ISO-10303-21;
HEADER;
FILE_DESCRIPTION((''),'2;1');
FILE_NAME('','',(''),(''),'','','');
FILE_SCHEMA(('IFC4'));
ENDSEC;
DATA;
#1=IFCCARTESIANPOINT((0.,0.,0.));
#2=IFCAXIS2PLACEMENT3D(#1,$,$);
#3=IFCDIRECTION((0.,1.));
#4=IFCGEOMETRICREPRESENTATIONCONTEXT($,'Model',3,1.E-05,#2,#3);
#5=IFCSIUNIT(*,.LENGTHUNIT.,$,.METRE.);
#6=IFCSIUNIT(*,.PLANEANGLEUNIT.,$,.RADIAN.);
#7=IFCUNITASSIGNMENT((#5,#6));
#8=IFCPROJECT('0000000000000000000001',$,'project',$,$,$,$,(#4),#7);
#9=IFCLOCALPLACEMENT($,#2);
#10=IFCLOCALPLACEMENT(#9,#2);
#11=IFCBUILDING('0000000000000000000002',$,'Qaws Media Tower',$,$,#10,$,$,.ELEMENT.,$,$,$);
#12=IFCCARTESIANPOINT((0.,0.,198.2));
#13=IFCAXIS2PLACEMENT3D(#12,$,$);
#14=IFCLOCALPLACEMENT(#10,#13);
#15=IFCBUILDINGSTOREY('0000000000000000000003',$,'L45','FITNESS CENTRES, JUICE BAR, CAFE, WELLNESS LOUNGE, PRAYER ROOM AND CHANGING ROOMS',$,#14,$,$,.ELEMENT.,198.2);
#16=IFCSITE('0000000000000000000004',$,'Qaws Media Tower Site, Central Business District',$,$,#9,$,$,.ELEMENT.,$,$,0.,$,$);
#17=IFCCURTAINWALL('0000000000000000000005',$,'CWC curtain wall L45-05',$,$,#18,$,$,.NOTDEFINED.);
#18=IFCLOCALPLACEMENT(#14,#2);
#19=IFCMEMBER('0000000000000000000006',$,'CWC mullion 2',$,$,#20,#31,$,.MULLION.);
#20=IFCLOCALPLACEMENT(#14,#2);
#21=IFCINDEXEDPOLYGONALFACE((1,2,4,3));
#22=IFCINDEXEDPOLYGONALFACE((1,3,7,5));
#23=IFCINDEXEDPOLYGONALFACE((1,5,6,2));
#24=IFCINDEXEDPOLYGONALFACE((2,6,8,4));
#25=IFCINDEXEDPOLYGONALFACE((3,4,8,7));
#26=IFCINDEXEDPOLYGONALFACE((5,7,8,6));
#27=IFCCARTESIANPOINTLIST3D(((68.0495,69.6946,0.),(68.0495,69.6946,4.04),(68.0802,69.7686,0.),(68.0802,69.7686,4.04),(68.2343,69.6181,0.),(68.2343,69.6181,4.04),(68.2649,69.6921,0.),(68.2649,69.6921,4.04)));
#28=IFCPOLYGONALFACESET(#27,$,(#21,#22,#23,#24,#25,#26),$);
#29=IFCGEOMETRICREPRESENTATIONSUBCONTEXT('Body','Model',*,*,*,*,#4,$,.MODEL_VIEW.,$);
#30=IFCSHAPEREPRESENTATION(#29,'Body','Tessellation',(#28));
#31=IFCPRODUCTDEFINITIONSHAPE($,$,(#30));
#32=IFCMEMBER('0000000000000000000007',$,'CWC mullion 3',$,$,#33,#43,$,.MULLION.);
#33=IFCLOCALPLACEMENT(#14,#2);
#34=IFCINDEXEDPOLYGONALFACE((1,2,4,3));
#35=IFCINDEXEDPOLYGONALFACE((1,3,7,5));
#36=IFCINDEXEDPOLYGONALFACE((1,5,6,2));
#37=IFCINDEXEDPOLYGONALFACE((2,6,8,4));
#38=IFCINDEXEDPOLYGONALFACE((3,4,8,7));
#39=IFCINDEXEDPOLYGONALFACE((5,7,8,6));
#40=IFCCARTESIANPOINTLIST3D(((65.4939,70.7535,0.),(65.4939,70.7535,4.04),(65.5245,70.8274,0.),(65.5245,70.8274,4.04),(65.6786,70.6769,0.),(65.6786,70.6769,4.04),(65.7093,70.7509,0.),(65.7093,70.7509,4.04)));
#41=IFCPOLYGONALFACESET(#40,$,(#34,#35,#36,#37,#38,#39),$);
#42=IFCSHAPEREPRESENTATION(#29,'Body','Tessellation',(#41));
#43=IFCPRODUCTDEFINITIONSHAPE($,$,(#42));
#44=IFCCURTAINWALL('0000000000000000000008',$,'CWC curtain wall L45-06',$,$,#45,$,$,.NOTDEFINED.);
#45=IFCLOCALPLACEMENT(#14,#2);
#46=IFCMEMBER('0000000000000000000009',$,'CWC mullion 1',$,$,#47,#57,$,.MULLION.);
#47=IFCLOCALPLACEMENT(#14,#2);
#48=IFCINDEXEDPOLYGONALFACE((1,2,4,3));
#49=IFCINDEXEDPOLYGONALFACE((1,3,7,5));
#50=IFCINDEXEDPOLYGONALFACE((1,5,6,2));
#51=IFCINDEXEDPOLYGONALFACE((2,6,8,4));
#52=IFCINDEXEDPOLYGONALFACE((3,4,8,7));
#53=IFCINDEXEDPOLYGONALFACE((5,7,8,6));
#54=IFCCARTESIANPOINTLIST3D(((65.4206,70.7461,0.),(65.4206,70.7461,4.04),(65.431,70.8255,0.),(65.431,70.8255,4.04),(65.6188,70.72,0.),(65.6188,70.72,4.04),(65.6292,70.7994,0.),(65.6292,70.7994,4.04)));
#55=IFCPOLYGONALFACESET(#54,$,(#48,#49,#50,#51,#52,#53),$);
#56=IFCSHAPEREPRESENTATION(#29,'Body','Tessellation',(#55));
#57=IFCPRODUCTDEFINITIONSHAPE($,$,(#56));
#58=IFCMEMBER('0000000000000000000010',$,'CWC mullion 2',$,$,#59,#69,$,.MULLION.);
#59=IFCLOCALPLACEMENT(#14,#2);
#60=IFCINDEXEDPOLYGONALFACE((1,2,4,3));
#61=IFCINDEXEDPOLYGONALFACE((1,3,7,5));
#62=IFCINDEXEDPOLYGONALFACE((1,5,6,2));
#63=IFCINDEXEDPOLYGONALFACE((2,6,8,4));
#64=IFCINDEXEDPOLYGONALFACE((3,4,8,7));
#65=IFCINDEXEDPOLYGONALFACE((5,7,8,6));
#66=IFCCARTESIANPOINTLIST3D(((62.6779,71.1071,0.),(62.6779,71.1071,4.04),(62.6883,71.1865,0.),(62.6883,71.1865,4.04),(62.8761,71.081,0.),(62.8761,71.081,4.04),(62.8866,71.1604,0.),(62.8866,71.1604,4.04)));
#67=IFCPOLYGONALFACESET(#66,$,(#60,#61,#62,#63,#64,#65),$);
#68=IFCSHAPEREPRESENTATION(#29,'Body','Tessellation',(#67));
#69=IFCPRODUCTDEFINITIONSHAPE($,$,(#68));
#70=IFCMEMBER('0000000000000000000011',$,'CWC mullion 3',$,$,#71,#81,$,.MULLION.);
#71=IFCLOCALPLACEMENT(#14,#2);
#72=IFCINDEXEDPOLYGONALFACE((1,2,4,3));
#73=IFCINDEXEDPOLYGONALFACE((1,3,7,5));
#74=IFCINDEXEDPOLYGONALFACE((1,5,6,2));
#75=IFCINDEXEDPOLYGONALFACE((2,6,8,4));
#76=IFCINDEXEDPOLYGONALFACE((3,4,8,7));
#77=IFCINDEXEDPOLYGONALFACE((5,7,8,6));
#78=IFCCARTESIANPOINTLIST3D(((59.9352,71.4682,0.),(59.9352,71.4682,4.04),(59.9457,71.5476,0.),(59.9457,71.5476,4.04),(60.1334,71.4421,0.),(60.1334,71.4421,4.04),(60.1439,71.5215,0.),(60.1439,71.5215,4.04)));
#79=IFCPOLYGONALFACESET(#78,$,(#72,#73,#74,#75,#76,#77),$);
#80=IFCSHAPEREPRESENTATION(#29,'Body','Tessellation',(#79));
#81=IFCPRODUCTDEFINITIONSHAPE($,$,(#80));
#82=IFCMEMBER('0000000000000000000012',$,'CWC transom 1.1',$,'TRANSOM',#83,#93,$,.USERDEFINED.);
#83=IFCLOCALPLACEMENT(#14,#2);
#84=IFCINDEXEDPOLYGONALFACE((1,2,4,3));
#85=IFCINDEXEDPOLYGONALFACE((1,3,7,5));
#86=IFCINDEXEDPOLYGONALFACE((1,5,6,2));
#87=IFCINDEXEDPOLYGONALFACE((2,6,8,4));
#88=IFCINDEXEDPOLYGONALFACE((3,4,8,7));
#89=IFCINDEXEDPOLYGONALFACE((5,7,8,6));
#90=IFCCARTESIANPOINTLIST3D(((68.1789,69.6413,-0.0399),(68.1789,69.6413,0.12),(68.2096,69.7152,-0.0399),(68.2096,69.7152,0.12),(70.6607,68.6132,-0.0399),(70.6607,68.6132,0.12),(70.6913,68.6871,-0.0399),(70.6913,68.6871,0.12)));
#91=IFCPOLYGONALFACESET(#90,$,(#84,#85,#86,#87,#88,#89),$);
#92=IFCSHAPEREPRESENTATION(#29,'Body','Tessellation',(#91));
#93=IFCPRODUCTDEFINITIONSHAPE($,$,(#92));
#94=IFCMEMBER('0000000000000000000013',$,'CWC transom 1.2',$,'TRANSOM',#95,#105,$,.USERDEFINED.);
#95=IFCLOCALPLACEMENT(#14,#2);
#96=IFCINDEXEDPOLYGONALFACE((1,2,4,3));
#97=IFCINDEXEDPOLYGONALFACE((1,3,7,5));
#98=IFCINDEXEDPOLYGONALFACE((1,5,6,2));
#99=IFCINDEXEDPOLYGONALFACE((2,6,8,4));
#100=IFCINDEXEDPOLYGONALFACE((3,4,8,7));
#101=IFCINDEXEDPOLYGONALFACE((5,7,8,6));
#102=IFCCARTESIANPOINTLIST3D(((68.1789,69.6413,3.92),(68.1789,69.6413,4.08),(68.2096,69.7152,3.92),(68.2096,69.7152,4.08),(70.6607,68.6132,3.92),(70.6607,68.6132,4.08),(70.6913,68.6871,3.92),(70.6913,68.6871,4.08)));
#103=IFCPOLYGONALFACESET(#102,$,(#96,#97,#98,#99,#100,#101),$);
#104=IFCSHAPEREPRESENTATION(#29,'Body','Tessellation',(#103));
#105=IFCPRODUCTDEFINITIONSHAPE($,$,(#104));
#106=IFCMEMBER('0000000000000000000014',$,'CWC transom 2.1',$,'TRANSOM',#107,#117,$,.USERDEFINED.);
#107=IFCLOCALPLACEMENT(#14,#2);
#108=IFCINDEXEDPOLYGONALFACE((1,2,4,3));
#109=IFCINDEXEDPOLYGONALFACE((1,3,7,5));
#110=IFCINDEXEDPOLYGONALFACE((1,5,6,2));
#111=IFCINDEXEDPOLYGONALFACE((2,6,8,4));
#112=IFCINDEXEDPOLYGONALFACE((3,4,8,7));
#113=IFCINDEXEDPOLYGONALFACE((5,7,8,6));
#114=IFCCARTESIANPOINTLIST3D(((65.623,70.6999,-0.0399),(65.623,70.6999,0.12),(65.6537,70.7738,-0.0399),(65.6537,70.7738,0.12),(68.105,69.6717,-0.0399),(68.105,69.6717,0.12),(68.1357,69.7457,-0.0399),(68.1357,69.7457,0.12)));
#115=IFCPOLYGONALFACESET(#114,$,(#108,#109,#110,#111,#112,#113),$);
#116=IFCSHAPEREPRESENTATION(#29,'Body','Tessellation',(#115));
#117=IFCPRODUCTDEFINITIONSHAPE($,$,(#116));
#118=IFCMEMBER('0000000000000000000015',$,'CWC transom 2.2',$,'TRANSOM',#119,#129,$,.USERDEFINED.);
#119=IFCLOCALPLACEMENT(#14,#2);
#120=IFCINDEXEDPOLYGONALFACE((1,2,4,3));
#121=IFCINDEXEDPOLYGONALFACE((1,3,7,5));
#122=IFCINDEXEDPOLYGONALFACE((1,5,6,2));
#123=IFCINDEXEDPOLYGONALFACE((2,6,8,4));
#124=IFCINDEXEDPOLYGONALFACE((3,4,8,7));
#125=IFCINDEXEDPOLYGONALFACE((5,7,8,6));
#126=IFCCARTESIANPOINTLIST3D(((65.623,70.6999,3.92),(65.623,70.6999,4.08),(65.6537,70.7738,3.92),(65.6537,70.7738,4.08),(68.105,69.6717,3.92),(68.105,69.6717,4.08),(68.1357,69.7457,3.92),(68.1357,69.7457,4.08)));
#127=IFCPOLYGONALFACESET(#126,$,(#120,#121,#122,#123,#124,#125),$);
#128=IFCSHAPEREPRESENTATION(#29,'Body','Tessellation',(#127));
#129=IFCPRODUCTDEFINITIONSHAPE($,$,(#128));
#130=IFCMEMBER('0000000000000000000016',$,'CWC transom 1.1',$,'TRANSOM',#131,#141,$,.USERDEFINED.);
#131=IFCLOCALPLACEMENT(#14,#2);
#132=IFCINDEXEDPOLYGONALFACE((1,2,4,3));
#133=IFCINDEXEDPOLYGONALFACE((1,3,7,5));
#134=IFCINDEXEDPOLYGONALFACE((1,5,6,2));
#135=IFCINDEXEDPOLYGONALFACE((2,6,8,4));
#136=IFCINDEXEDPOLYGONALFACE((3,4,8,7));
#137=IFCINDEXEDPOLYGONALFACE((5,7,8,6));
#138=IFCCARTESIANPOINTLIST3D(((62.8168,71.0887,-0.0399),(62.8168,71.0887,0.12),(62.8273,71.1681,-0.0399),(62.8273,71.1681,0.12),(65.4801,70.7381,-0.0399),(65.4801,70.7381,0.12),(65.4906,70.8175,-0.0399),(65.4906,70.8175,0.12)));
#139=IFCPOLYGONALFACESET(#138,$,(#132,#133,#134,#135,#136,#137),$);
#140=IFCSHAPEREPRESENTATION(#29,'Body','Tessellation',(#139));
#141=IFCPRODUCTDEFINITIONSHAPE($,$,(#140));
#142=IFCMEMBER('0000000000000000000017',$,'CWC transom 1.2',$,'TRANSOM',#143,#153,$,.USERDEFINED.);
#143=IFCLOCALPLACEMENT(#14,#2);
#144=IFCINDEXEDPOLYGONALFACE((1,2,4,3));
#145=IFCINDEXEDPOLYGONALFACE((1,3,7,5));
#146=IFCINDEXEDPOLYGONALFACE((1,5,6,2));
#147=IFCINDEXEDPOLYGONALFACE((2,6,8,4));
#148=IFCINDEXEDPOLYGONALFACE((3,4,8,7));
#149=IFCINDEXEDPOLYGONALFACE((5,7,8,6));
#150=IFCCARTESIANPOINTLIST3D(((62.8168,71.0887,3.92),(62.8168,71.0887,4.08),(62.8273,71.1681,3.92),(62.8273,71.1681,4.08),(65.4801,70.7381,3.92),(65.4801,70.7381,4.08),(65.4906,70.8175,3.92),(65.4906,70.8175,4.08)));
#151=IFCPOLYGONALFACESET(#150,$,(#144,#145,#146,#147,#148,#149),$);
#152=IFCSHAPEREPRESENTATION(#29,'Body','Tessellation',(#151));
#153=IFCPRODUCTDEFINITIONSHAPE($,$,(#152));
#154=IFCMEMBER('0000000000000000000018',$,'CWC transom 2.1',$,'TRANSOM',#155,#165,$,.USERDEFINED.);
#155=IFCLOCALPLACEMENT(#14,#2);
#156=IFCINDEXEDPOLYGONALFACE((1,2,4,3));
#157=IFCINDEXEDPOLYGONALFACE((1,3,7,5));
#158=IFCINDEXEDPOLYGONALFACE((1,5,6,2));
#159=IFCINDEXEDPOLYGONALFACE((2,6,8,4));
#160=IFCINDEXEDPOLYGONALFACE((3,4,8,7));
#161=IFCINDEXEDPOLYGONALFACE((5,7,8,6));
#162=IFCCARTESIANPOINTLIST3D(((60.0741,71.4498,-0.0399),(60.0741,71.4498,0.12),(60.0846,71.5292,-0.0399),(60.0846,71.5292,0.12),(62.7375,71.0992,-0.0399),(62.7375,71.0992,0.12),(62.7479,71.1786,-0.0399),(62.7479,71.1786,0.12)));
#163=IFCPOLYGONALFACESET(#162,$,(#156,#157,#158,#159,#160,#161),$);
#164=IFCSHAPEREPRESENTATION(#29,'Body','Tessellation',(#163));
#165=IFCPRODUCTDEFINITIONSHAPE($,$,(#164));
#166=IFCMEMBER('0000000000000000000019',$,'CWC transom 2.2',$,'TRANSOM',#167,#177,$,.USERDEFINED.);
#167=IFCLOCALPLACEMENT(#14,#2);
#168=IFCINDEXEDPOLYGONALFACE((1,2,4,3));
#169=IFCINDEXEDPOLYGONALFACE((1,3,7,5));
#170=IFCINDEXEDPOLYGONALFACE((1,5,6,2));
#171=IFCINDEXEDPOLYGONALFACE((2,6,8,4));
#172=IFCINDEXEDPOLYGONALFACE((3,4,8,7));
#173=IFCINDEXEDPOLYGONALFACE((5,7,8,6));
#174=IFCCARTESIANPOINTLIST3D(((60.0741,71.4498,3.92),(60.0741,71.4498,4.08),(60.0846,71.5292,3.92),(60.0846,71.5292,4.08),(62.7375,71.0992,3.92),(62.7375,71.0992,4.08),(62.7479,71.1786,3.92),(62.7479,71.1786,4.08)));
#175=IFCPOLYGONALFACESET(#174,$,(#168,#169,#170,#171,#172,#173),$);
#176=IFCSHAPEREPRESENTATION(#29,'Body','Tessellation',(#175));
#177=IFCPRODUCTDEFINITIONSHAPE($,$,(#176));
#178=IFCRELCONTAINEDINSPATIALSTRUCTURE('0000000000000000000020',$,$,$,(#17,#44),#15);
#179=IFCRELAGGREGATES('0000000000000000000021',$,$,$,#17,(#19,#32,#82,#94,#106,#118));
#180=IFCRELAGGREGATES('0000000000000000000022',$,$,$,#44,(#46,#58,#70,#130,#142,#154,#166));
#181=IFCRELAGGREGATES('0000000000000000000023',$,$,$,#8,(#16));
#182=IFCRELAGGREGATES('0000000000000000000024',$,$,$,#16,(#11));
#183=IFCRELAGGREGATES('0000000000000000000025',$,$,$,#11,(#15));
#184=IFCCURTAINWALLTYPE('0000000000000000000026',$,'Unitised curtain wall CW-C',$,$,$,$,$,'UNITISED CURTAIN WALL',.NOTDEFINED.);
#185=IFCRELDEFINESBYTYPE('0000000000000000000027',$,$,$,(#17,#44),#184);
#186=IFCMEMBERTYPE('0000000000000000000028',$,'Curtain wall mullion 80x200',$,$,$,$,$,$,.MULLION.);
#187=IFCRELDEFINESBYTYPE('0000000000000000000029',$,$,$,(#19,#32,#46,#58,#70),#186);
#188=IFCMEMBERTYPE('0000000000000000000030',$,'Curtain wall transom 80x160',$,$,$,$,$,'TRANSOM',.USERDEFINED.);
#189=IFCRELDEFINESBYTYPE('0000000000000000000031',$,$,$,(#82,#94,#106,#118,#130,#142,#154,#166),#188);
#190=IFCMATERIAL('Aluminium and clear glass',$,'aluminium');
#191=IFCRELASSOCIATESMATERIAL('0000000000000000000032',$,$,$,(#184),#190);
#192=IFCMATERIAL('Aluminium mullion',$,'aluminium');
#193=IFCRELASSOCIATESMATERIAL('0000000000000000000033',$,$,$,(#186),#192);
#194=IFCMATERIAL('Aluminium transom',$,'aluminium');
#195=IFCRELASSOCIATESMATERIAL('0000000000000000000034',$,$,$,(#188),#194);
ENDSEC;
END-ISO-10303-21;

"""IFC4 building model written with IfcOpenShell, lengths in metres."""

from ifc_helpers import new_model, si_unit, direction, frame, origin, origin_2d, place, context, subcontext, project, spatial, rectangle, extrude, material, material_profile, profile_set, type_object, element, aggregate, save


model = new_model("IFC4")

# Units and contexts
model_context = context("Model", 3, precision=1e-05, world=origin(), true_north=direction((0.0, 1.0)))
body_context = subcontext(model_context, "Body", "Model", "MODEL_VIEW")
ifc_project = project(units=[si_unit("LENGTHUNIT", "METRE"), si_unit("PLANEANGLEUNIT", "RADIAN")], contexts=[model_context])

# Site, building, storey
site_placement = place(None, origin())
site = spatial("IfcSite", under=ifc_project, at=site_placement, Name="Qaws Media Tower Site, Central Business District", CompositionType="ELEMENT", RefElevation=0.0)
building_placement = place(site_placement, origin())
building = spatial("IfcBuilding", under=site, at=building_placement, Name="Qaws Media Tower", CompositionType="ELEMENT")
storey_placement = place(building_placement, frame((0.0, 0.0, 198.2)))
storey = spatial("IfcBuildingStorey", under=building, at=storey_placement, Name="L45", Description="FITNESS CENTRES, JUICE BAR, CAFE, WELLNESS LOUNGE, PRAYER ROOM AND CHANGING ROOMS", CompositionType="ELEMENT", Elevation=198.2)

# Curtain walls, members
ifc_material_1 = material(Name="Aluminium and clear glass", Category="aluminium")
curtain_wall_type = type_object("IfcCurtainWallType", Name="Unitised curtain wall CW-C", ElementType="UNITISED CURTAIN WALL", PredefinedType="NOTDEFINED", material=ifc_material_1)
curtain_wall_1_placement = place(storey_placement, origin())
curtain_wall_1 = element("IfcCurtainWall", 1, at=curtain_wall_1_placement, inside=storey, type_object=curtain_wall_type, Name="CWC curtain wall L45-05", PredefinedType="NOTDEFINED")
ifc_material_2 = material(Name="Aluminium mullion", Category="aluminium")
ifc_material_profile_1 = material_profile(ifc_material_2, rectangle(XDim=0.0801, YDim=0.2, at=origin_2d()), Name="80x200")
ifc_profile_set_1 = profile_set([ifc_material_profile_1], Name="Aluminium mullion")
member_type_1 = type_object("IfcMemberType", Name="Curtain wall mullion 80x200", PredefinedType="MULLION", material=ifc_profile_set_1)
member_1_placement = place(storey_placement, frame((68.1572, 69.6934, 0.0), z_axis=(0.0, 0.0, 1.0), x_axis=(-0.382683, -0.92388, 0.0)))
member_1 = element("IfcMember", 2, at=member_1_placement, type_object=member_type_1, Name="CWC mullion 2", PredefinedType="MULLION", context=body_context, shape_type="SweptSolid", body=[
    extrude(rectangle(XDim=0.0801, YDim=0.2, at=origin_2d()), origin(), (0.0, 0.0, 1.0), 4.04),
])
member_2_placement = place(storey_placement, frame((65.6016, 70.7522, 0.0), z_axis=(0.0, 0.0, 1.0), x_axis=(-0.382683, -0.92388, 0.0)))
member_2 = element("IfcMember", 3, at=member_2_placement, type_object=member_type_1, Name="CWC mullion 3", PredefinedType="MULLION", context=body_context, shape_type="SweptSolid", body=[
    extrude(rectangle(XDim=0.0801, YDim=0.2, at=origin_2d()), origin(), (0.0, 0.0, 1.0), 4.04),
])
curtain_wall_2_placement = place(storey_placement, origin())
curtain_wall_2 = element("IfcCurtainWall", 4, at=curtain_wall_2_placement, inside=storey, type_object=curtain_wall_type, Name="CWC curtain wall L45-06", PredefinedType="NOTDEFINED")
member_3_placement = place(storey_placement, frame((65.5249, 70.7727, 0.0), z_axis=(0.0, 0.0, 1.0), x_axis=(-0.130526, -0.991445, 0.0)))
member_3 = element("IfcMember", 5, at=member_3_placement, type_object=member_type_1, Name="CWC mullion 1", PredefinedType="MULLION", context=body_context, shape_type="SweptSolid", body=[
    extrude(rectangle(XDim=0.0801, YDim=0.2, at=origin_2d()), origin(), (0.0, 0.0, 1.0), 4.04),
])
member_4_placement = place(storey_placement, frame((62.7822, 71.1338, 0.0), z_axis=(0.0, 0.0, 1.0), x_axis=(-0.130526, -0.991445, 0.0)))
member_4 = element("IfcMember", 6, at=member_4_placement, type_object=member_type_1, Name="CWC mullion 2", PredefinedType="MULLION", context=body_context, shape_type="SweptSolid", body=[
    extrude(rectangle(XDim=0.0801, YDim=0.2, at=origin_2d()), origin(), (0.0, 0.0, 1.0), 4.04),
])
member_5_placement = place(storey_placement, frame((60.0396, 71.4949, 0.0), z_axis=(0.0, 0.0, 1.0), x_axis=(-0.130526, -0.991445, 0.0)))
member_5 = element("IfcMember", 7, at=member_5_placement, type_object=member_type_1, Name="CWC mullion 3", PredefinedType="MULLION", context=body_context, shape_type="SweptSolid", body=[
    extrude(rectangle(XDim=0.0801, YDim=0.2, at=origin_2d()), origin(), (0.0, 0.0, 1.0), 4.04),
])

# Members
ifc_material_3 = material(Name="Aluminium transom", Category="aluminium")
ifc_material_profile_2 = material_profile(ifc_material_3, rectangle(XDim=0.0801, YDim=0.1599, at=origin_2d()), Name="80x160")
ifc_profile_set_2 = profile_set([ifc_material_profile_2], Name="Aluminium transom")
member_type_2 = type_object("IfcMemberType", Name="Curtain wall transom 80x160", ElementType="TRANSOM", PredefinedType="USERDEFINED", material=ifc_profile_set_2)
member_6_placement = place(storey_placement, frame((70.676, 68.6501, 0.04), z_axis=(-0.923863, 0.382724, 0.0), x_axis=(-0.382724, -0.923863, 0.0)))
member_6 = element("IfcMember", 8, at=member_6_placement, type_object=member_type_2, Name="CWC transom 1.1", ObjectType="TRANSOM", PredefinedType="USERDEFINED", context=body_context, shape_type="SweptSolid", body=[
    extrude(rectangle(XDim=0.0801, YDim=0.1599, at=origin_2d()), origin(), (0.0, 0.0, 1.0), 2.6863),
])
member_7_placement = place(storey_placement, frame((70.676, 68.6501, 4.0), z_axis=(-0.923863, 0.382724, 0.0), x_axis=(-0.382724, -0.923863, 0.0)))
member_7 = element("IfcMember", 9, at=member_7_placement, type_object=member_type_2, Name="CWC transom 1.2", ObjectType="TRANSOM", PredefinedType="USERDEFINED", context=body_context, shape_type="SweptSolid", body=[
    extrude(rectangle(XDim=0.0801, YDim=0.1599, at=origin_2d()), origin(), (0.0, 0.0, 1.0), 2.6863),
])
member_8_placement = place(storey_placement, frame((68.1204, 69.7087, 0.04), z_axis=(-0.923876, 0.382692, 0.0), x_axis=(-0.382692, -0.923876, 0.0)))
member_8 = element("IfcMember", 10, at=member_8_placement, type_object=member_type_2, Name="CWC transom 2.1", ObjectType="TRANSOM", PredefinedType="USERDEFINED", context=body_context, shape_type="SweptSolid", body=[
    extrude(rectangle(XDim=0.0801, YDim=0.1599, at=origin_2d()), origin(), (0.0, 0.0, 1.0), 2.6865),
])
member_9_placement = place(storey_placement, frame((68.1204, 69.7087, 4.0), z_axis=(-0.923876, 0.382692, 0.0), x_axis=(-0.382692, -0.923876, 0.0)))
member_9 = element("IfcMember", 11, at=member_9_placement, type_object=member_type_2, Name="CWC transom 2.2", ObjectType="TRANSOM", PredefinedType="USERDEFINED", context=body_context, shape_type="SweptSolid", body=[
    extrude(rectangle(XDim=0.0801, YDim=0.1599, at=origin_2d()), origin(), (0.0, 0.0, 1.0), 2.6865),
])
member_10_placement = place(storey_placement, frame((65.4854, 70.7778, 0.04), z_axis=(-0.991447, 0.130509, 0.0), x_axis=(-0.130509, -0.991447, 0.0)))
member_10 = element("IfcMember", 12, at=member_10_placement, type_object=member_type_2, Name="CWC transom 1.1", ObjectType="TRANSOM", PredefinedType="USERDEFINED", context=body_context, shape_type="SweptSolid", body=[
    extrude(rectangle(XDim=0.0801, YDim=0.1599, at=origin_2d()), origin(), (0.0, 0.0, 1.0), 2.6863),
])
member_11_placement = place(storey_placement, frame((65.4854, 70.7778, 4.0), z_axis=(-0.991447, 0.130509, 0.0), x_axis=(-0.130509, -0.991447, 0.0)))
member_11 = element("IfcMember", 13, at=member_11_placement, type_object=member_type_2, Name="CWC transom 1.2", ObjectType="TRANSOM", PredefinedType="USERDEFINED", context=body_context, shape_type="SweptSolid", body=[
    extrude(rectangle(XDim=0.0801, YDim=0.1599, at=origin_2d()), origin(), (0.0, 0.0, 1.0), 2.6863),
])
member_12_placement = place(storey_placement, frame((62.7427, 71.1389, 0.04), z_axis=(-0.991447, 0.130509, 0.0), x_axis=(-0.130509, -0.991447, 0.0)))
member_12 = element("IfcMember", 14, at=member_12_placement, type_object=member_type_2, Name="CWC transom 2.1", ObjectType="TRANSOM", PredefinedType="USERDEFINED", context=body_context, shape_type="SweptSolid", body=[
    extrude(rectangle(XDim=0.0801, YDim=0.1599, at=origin_2d()), origin(), (0.0, 0.0, 1.0), 2.6863),
])
member_13_placement = place(storey_placement, frame((62.7427, 71.1389, 4.0), z_axis=(-0.991447, 0.130509, 0.0), x_axis=(-0.130509, -0.991447, 0.0)))
member_13 = element("IfcMember", 15, at=member_13_placement, type_object=member_type_2, Name="CWC transom 2.2", ObjectType="TRANSOM", PredefinedType="USERDEFINED", context=body_context, shape_type="SweptSolid", body=[
    extrude(rectangle(XDim=0.0801, YDim=0.1599, at=origin_2d()), origin(), (0.0, 0.0, 1.0), 2.6863),
])

aggregate(curtain_wall_1, [member_1, member_2, member_6, member_7, member_8, member_9])
aggregate(curtain_wall_2, [member_3, member_4, member_5, member_10, member_11, member_12, member_13])

save(model, "model.ifc")
